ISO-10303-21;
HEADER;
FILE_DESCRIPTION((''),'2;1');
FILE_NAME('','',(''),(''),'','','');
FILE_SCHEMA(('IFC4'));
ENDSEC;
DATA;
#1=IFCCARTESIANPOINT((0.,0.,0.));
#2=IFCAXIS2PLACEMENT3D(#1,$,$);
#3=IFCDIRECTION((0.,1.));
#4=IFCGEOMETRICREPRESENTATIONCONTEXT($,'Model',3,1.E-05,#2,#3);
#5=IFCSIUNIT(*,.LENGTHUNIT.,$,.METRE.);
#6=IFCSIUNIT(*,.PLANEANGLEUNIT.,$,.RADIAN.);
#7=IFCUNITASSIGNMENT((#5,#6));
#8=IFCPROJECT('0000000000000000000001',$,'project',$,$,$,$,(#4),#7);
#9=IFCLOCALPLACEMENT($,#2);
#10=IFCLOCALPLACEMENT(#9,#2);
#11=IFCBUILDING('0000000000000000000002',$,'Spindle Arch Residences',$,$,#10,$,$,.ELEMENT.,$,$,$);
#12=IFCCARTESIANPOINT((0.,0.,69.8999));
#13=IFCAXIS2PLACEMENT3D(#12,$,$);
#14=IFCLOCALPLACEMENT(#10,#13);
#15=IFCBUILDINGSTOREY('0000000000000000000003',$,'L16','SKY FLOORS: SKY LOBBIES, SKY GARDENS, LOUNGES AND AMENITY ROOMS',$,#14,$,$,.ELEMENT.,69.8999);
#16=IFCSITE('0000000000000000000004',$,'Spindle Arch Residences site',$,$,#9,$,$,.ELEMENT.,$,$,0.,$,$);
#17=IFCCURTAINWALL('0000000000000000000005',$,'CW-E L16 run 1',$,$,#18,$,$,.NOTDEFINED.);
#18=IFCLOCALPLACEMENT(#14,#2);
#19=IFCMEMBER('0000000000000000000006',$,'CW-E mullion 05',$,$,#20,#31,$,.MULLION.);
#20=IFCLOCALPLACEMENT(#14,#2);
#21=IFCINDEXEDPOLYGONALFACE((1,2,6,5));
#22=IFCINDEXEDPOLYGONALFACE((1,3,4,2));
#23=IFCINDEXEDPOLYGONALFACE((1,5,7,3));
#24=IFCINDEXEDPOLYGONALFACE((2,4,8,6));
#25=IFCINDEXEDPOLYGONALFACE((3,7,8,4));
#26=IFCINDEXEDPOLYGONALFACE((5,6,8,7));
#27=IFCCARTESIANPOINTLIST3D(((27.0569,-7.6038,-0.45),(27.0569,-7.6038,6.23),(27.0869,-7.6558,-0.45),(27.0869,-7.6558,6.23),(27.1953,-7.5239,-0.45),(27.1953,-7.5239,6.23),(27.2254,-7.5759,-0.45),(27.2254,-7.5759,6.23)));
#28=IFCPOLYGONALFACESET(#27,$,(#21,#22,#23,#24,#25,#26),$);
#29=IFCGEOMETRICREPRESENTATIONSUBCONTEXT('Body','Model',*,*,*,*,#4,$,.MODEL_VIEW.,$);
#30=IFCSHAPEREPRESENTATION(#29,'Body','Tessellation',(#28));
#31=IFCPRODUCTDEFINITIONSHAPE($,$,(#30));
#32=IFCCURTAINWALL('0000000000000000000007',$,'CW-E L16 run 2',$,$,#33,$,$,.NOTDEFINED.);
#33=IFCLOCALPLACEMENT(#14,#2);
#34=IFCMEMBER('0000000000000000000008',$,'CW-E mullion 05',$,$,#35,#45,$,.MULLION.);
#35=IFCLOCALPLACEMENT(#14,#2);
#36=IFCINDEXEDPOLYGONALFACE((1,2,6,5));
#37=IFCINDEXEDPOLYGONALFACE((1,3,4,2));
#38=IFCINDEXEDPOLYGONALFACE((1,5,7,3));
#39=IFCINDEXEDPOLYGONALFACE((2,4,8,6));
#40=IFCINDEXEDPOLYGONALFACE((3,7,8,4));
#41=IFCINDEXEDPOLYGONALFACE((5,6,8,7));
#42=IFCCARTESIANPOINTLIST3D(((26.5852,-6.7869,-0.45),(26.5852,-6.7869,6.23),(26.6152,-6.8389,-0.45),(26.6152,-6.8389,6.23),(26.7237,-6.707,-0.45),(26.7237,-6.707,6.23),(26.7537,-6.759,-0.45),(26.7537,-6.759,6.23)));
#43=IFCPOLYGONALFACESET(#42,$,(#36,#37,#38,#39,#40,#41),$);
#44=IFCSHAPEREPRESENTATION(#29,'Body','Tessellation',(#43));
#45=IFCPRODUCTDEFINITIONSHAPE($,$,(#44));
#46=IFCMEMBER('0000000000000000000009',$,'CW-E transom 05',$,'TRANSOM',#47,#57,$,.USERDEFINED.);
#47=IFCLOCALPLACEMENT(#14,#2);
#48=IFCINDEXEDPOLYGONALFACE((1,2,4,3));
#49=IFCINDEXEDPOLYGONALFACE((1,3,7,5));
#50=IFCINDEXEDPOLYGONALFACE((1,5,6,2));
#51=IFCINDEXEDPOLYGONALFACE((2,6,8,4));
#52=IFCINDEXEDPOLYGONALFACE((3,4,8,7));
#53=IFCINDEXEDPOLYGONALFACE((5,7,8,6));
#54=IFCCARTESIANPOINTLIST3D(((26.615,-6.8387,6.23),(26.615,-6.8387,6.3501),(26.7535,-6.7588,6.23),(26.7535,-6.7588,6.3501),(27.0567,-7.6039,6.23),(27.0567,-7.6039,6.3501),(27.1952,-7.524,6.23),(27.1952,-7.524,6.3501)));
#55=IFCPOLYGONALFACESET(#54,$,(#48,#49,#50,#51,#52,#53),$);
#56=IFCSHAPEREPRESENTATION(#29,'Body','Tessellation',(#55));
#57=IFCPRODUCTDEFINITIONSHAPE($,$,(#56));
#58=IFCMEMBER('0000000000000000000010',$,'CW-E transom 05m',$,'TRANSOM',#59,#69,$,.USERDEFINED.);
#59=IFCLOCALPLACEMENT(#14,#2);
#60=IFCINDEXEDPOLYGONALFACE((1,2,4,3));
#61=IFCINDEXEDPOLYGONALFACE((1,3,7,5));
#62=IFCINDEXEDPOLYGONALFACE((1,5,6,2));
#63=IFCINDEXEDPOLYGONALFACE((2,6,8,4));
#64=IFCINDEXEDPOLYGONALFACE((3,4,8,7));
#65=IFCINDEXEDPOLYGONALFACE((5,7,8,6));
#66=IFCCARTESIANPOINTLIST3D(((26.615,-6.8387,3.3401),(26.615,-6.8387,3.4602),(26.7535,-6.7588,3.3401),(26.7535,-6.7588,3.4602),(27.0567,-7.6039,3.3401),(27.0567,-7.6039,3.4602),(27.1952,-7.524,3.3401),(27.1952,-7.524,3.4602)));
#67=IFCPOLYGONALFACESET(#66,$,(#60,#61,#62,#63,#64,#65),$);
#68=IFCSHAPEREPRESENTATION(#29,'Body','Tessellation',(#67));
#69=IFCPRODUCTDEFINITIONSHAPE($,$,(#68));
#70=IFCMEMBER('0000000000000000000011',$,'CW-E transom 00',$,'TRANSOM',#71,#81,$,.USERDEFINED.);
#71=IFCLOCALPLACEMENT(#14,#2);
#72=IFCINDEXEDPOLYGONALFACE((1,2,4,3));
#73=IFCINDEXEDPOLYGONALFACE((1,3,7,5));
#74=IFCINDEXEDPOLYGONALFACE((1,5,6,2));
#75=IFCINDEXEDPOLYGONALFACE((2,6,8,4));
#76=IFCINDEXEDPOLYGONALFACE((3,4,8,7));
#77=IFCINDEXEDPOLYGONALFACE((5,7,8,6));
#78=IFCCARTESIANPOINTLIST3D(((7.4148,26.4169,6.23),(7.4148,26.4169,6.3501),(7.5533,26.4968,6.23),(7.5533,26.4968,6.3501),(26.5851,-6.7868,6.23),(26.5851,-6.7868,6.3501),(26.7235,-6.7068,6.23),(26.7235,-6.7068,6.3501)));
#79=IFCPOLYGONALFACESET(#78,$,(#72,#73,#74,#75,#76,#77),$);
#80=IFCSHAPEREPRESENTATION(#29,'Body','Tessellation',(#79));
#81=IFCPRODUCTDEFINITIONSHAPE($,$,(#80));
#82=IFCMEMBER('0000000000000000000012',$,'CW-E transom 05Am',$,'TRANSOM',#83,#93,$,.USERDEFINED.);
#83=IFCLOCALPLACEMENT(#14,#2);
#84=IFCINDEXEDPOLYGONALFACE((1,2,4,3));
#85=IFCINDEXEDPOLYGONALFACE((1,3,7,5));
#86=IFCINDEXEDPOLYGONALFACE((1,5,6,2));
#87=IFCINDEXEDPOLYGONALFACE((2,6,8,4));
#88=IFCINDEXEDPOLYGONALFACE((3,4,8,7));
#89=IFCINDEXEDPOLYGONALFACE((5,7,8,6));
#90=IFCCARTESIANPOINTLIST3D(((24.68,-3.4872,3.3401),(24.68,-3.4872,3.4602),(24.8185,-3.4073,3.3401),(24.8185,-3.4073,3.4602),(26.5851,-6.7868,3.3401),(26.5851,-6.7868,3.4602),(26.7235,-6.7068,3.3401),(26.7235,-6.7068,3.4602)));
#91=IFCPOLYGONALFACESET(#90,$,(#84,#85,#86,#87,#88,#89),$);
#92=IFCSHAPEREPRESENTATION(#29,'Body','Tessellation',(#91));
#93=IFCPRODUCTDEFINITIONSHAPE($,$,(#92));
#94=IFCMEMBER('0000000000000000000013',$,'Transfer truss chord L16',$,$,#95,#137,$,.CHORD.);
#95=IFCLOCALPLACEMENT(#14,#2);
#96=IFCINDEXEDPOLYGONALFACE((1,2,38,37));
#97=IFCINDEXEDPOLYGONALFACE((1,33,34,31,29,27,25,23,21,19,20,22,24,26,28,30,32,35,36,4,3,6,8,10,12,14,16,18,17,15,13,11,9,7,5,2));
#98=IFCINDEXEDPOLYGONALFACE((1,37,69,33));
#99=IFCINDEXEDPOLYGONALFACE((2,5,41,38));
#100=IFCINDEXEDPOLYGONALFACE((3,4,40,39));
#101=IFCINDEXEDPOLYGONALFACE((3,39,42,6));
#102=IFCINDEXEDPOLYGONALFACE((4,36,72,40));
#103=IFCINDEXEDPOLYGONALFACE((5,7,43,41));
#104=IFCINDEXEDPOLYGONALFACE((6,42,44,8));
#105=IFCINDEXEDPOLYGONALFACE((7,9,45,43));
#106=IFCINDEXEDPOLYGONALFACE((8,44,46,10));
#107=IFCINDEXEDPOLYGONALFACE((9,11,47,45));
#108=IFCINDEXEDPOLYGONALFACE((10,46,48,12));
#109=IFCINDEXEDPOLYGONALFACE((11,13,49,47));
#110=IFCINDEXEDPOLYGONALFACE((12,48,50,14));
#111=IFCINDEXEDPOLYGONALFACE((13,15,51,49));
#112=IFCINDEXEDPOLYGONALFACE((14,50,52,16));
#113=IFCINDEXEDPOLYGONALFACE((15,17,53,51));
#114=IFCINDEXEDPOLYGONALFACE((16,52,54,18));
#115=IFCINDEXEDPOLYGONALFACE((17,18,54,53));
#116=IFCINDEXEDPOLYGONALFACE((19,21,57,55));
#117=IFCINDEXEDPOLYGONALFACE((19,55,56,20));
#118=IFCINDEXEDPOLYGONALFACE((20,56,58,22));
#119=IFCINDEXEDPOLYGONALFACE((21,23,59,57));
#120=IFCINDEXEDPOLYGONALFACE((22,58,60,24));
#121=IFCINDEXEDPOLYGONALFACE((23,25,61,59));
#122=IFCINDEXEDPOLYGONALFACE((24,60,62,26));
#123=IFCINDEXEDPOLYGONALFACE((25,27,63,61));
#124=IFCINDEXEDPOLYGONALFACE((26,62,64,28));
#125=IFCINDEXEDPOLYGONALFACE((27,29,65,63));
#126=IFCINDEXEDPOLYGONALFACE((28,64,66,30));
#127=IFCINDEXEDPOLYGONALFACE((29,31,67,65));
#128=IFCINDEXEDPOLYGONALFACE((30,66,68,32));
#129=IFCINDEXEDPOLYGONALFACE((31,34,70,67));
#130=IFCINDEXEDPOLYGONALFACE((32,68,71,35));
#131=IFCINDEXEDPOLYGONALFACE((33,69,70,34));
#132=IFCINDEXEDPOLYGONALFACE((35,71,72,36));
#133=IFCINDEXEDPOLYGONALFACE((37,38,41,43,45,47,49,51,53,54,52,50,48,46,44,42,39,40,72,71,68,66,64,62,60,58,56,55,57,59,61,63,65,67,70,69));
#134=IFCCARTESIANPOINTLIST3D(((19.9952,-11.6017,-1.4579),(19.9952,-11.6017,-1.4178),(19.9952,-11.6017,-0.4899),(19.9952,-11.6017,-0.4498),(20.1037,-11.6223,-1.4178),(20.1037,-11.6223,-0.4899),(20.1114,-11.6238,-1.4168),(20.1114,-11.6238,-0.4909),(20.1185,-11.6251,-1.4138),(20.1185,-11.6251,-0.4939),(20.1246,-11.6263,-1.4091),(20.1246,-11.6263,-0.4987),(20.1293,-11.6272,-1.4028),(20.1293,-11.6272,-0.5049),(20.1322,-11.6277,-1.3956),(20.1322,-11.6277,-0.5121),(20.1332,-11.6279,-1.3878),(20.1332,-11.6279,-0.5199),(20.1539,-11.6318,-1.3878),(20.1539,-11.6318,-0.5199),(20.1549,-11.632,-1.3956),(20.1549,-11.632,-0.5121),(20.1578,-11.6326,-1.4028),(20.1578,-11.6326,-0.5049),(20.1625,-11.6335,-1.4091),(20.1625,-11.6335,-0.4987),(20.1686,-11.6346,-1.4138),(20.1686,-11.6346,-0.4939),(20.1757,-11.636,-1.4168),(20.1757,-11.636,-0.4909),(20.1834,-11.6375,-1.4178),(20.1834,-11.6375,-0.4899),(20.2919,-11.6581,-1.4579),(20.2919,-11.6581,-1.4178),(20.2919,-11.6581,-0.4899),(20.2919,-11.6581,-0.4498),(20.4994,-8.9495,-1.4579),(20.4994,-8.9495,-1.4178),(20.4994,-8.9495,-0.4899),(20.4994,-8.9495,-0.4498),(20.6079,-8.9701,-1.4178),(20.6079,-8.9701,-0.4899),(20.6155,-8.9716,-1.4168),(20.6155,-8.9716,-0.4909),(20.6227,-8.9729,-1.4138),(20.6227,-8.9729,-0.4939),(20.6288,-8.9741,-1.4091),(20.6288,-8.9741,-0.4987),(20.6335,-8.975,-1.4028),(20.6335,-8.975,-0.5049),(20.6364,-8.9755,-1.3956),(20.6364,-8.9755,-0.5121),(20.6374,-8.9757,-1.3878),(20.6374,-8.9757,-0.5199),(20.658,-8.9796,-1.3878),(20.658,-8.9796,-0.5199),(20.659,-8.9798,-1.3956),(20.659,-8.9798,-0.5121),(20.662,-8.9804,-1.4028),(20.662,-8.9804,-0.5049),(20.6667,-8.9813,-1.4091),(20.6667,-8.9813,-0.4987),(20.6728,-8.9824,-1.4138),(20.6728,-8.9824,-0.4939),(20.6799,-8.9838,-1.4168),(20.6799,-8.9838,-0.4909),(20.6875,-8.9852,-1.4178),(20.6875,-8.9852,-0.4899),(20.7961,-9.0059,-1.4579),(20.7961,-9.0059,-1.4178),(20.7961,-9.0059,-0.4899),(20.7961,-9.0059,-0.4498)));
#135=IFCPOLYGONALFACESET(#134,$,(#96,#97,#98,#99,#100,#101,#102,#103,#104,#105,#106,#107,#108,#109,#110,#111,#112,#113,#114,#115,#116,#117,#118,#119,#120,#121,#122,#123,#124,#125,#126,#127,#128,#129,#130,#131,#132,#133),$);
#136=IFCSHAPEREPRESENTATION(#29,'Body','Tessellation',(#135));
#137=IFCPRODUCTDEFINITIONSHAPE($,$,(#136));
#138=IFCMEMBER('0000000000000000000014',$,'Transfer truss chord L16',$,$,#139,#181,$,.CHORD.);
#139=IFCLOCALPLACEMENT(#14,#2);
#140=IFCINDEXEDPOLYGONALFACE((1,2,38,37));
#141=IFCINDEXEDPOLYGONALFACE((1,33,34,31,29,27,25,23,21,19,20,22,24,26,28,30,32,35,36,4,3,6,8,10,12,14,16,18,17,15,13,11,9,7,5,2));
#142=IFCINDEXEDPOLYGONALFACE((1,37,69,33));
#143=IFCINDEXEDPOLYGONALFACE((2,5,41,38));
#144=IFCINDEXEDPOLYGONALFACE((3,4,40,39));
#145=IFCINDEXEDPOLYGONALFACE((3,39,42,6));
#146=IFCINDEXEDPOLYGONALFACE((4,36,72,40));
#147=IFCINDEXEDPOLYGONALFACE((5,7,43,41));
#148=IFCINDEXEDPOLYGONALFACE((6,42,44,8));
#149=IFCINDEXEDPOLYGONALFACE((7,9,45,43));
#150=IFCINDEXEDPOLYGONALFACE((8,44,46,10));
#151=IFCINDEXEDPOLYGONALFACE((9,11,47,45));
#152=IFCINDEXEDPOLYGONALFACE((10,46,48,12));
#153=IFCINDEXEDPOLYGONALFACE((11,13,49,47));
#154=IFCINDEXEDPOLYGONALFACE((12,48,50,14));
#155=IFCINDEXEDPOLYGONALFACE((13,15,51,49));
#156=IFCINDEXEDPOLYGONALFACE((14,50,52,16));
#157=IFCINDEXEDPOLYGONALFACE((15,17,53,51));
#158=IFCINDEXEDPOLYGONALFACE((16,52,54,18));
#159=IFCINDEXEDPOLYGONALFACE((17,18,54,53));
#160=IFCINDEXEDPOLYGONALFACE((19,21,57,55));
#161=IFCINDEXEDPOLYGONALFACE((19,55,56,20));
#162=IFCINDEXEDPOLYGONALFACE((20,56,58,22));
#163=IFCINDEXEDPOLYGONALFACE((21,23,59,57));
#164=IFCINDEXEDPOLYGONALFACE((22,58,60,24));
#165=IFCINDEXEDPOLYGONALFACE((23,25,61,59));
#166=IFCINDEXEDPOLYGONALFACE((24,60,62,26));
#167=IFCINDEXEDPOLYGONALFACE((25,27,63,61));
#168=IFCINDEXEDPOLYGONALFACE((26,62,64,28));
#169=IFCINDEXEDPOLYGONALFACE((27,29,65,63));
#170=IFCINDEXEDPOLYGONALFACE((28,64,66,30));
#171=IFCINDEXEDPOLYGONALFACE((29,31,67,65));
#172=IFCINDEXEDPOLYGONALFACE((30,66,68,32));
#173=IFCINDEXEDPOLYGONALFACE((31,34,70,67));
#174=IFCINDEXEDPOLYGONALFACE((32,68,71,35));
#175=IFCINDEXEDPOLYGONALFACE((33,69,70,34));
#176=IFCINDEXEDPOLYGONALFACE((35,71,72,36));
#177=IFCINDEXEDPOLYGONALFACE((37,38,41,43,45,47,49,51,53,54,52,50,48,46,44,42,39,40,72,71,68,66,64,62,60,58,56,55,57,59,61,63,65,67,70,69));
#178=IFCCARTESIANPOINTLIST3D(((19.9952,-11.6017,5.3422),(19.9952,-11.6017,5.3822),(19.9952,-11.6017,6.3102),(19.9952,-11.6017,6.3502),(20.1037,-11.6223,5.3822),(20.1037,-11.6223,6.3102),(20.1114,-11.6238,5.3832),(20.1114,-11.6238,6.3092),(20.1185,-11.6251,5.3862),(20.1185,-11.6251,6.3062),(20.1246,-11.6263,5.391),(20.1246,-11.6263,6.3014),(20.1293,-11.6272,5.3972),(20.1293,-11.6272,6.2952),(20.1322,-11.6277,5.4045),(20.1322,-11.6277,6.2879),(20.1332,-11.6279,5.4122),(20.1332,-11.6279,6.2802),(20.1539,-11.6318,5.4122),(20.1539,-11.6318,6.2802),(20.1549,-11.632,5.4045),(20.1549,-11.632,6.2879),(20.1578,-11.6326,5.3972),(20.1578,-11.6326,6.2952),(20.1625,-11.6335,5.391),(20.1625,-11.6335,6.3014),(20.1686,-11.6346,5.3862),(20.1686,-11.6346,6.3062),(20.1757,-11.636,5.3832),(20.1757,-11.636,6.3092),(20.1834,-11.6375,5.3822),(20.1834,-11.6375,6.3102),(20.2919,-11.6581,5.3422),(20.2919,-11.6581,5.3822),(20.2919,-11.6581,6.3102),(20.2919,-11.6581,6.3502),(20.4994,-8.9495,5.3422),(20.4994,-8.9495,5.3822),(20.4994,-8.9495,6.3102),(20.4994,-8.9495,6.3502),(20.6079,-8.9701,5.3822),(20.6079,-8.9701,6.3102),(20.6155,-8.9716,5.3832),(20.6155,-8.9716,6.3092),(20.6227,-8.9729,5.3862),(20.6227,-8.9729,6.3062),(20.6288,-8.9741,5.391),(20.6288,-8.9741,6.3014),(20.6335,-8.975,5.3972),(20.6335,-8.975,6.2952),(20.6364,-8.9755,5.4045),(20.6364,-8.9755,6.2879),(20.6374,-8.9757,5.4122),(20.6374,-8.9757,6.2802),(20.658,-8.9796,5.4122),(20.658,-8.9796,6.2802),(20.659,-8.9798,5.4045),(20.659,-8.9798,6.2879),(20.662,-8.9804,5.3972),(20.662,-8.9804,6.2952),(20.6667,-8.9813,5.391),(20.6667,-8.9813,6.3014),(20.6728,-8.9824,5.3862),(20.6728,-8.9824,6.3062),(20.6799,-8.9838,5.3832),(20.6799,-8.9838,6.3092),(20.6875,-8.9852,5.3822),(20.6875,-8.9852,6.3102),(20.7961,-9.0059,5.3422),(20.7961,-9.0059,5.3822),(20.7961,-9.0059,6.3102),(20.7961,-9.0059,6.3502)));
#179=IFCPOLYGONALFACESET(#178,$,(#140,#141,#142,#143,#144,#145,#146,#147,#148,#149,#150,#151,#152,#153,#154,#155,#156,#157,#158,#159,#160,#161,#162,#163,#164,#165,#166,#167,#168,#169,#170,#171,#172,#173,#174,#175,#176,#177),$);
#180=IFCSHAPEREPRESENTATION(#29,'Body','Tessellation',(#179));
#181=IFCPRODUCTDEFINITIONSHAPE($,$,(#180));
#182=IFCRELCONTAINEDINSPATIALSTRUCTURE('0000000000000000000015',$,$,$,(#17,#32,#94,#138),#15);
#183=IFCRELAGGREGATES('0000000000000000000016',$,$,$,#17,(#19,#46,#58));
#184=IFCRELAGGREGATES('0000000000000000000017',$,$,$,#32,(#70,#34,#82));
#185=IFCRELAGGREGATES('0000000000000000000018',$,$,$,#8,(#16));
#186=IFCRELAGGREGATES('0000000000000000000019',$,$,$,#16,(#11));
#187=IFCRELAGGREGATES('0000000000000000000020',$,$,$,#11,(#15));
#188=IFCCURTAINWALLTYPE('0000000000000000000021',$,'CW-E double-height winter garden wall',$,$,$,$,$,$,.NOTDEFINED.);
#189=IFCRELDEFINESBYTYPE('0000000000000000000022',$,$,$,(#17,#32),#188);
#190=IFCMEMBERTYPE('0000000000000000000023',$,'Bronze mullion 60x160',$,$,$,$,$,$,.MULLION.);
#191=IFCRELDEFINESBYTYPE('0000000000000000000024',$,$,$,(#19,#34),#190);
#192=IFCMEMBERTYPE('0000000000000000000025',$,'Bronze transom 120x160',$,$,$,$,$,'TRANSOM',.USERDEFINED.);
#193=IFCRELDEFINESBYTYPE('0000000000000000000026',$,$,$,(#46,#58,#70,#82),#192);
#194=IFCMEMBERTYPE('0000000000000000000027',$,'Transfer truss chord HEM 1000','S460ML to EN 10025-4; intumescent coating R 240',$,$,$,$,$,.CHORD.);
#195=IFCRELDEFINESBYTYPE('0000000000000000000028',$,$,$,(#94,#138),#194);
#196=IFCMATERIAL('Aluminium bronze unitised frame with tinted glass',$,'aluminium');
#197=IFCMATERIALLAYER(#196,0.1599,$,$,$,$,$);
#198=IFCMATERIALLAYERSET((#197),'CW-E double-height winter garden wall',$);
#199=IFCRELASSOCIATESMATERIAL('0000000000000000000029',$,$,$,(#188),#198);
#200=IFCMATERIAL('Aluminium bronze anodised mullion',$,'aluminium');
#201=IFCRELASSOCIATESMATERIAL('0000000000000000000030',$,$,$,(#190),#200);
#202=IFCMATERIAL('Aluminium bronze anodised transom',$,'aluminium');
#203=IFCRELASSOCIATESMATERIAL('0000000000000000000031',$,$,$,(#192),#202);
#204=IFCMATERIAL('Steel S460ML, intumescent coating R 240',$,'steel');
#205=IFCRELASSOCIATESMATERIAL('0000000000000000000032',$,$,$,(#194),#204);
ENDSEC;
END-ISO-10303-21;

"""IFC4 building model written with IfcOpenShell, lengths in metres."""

from ifc_helpers import new_model, si_unit, direction, frame, origin, origin_2d, place, context, subcontext, project, spatial, rectangle, i_section, extrude, material, layer, layer_set, material_profile, profile_set, type_object, element, aggregate, save


model = new_model("IFC4")

# Units and contexts
model_context = context("Model", 3, precision=1e-05, world=origin(), true_north=direction((0.0, 1.0)))
body_context = subcontext(model_context, "Body", "Model", "MODEL_VIEW")
ifc_project = project(units=[si_unit("LENGTHUNIT", "METRE"), si_unit("PLANEANGLEUNIT", "RADIAN")], contexts=[model_context])

# Site, building, storey
site_placement = place(None, origin())
site = spatial("IfcSite", under=ifc_project, at=site_placement, Name="Spindle Arch Residences site", CompositionType="ELEMENT", RefElevation=0.0)
building_placement = place(site_placement, origin())
building = spatial("IfcBuilding", under=site, at=building_placement, Name="Spindle Arch Residences", CompositionType="ELEMENT")
storey_placement = place(building_placement, frame((0.0, 0.0, 69.8999)))
storey = spatial("IfcBuildingStorey", under=building, at=storey_placement, Name="L16", Description="SKY FLOORS: SKY LOBBIES, SKY GARDENS, LOUNGES AND AMENITY ROOMS", CompositionType="ELEMENT", Elevation=69.8999)

# Curtain walls, members
ifc_material_1 = material(Name="Aluminium bronze unitised frame with tinted glass", Category="aluminium")
ifc_layer_1 = layer(ifc_material_1, 0.1599)
ifc_layer_set_1 = layer_set([ifc_layer_1], Name="CW-E double-height winter garden wall")
curtain_wall_type = type_object("IfcCurtainWallType", Name="CW-E double-height winter garden wall", PredefinedType="NOTDEFINED", material=ifc_layer_set_1)
curtain_wall_1_placement = place(storey_placement, origin())
curtain_wall_1 = element("IfcCurtainWall", 1, at=curtain_wall_1_placement, inside=storey, type_object=curtain_wall_type, Name="CW-E L16 run 1", PredefinedType="NOTDEFINED")
ifc_material_2 = material(Name="Aluminium bronze anodised mullion", Category="aluminium")
ifc_material_profile_1 = material_profile(ifc_material_2, rectangle(XDim=0.1599, YDim=0.0601, at=origin_2d()), Name="MU 60x160")
ifc_profile_set_1 = profile_set([ifc_material_profile_1], Name="Aluminium bronze anodised mullion")
member_type_1 = type_object("IfcMemberType", Name="Bronze mullion 60x160", PredefinedType="MULLION", material=ifc_profile_set_1)
member_1_placement = place(storey_placement, frame((27.1411, -7.5898, -0.45), z_axis=(0.0, 0.0, 1.0), x_axis=(-0.866025, -0.5, 0.0)))
member_1 = element("IfcMember", 2, at=member_1_placement, type_object=member_type_1, Name="CW-E mullion 05", PredefinedType="MULLION", context=body_context, shape_type="SweptSolid", body=[
    extrude(rectangle(XDim=0.1599, YDim=0.0601, at=origin_2d()), origin(), (0.0, 0.0, 1.0), 6.6799),
])
curtain_wall_2_placement = place(storey_placement, origin())
curtain_wall_2 = element("IfcCurtainWall", 3, at=curtain_wall_2_placement, inside=storey, type_object=curtain_wall_type, Name="CW-E L16 run 2", PredefinedType="NOTDEFINED")
member_2_placement = place(storey_placement, frame((26.6694, -6.7729, -0.45), z_axis=(0.0, 0.0, 1.0), x_axis=(-0.866025, -0.5, 0.0)))
member_2 = element("IfcMember", 4, at=member_2_placement, type_object=member_type_1, Name="CW-E mullion 05", PredefinedType="MULLION", context=body_context, shape_type="SweptSolid", body=[
    extrude(rectangle(XDim=0.1599, YDim=0.0601, at=origin_2d()), origin(), (0.0, 0.0, 1.0), 6.6799),
])

# Members
ifc_material_3 = material(Name="Aluminium bronze anodised transom", Category="aluminium")
ifc_material_profile_2 = material_profile(ifc_material_3, rectangle(XDim=0.1599, YDim=0.1201, at=origin_2d()), Name="TR 120x160")
ifc_profile_set_2 = profile_set([ifc_material_profile_2], Name="Aluminium bronze anodised transom")
member_type_2 = type_object("IfcMemberType", Name="Bronze transom 120x160", ElementType="TRANSOM", PredefinedType="USERDEFINED", material=ifc_profile_set_2)
member_3_placement = place(storey_placement, frame((27.126, -7.564, 6.29), z_axis=(-0.499914, 0.866075, 0.0), x_axis=(-0.866075, -0.499914, 0.0)))
member_3 = element("IfcMember", 5, at=member_3_placement, type_object=member_type_2, Name="CW-E transom 05", ObjectType="TRANSOM", PredefinedType="USERDEFINED", context=body_context, shape_type="SweptSolid", body=[
    extrude(rectangle(XDim=0.1599, YDim=0.1201, at=origin_2d()), origin(), (0.0, 0.0, 1.0), 0.8835),
])
member_4_placement = place(storey_placement, frame((27.126, -7.564, 3.4001), z_axis=(-0.499914, 0.866075, 0.0), x_axis=(-0.866075, -0.499914, 0.0)))
member_4 = element("IfcMember", 6, at=member_4_placement, type_object=member_type_2, Name="CW-E transom 05m", ObjectType="TRANSOM", PredefinedType="USERDEFINED", context=body_context, shape_type="SweptSolid", body=[
    extrude(rectangle(XDim=0.1599, YDim=0.1201, at=origin_2d()), origin(), (0.0, 0.0, 1.0), 0.8835),
])
member_5_placement = place(storey_placement, frame((26.6543, -6.7468, 6.29), z_axis=(-0.500001, 0.866025, 0.0), x_axis=(-0.866025, -0.500001, 0.0)))
member_5 = element("IfcMember", 7, at=member_5_placement, type_object=member_type_2, Name="CW-E transom 00", ObjectType="TRANSOM", PredefinedType="USERDEFINED", context=body_context, shape_type="SweptSolid", body=[
    extrude(rectangle(XDim=0.1599, YDim=0.1201, at=origin_2d()), origin(), (0.0, 0.0, 1.0), 38.3403),
])
member_6_placement = place(storey_placement, frame((26.6543, -6.7468, 3.4001), z_axis=(-0.500005, 0.866022, 0.0), x_axis=(-0.866022, -0.500005, 0.0)))
member_6 = element("IfcMember", 8, at=member_6_placement, type_object=member_type_2, Name="CW-E transom 05Am", ObjectType="TRANSOM", PredefinedType="USERDEFINED", context=body_context, shape_type="SweptSolid", body=[
    extrude(rectangle(XDim=0.1599, YDim=0.1201, at=origin_2d()), origin(), (0.0, 0.0, 1.0), 3.8101),
])

# Members
ifc_material_4 = material(Name="Steel S460ML, intumescent coating R 240", Category="steel")
ifc_material_profile_3 = material_profile(ifc_material_4, i_section(OverallWidth=0.302, OverallDepth=1.0081, WebThickness=0.021, FlangeThickness=0.04, FilletRadius=0.03, at=origin_2d()), Name="HEM 1000")
ifc_profile_set_3 = profile_set([ifc_material_profile_3], Name="Steel S460ML, intumescent coating R 240")
member_type_3 = type_object("IfcMemberType", Name="Transfer truss chord HEM 1000", Description="S460ML to EN 10025-4; intumescent coating R 240", PredefinedType="CHORD", material=ifc_profile_set_3)
for number, where, z_axis, x_axis, name in (
    (9, (20.1436, -11.6299, -0.9539), (0.186751, 0.982407, 0.0), (-0.982407, 0.186751, 0.0), "Transfer truss chord L16"),
    (10, (20.1436, -11.6299, 5.8462), (0.186751, 0.982407, 0.0), (-0.982407, 0.186751, 0.0), "Transfer truss chord L16"),
):
    element("IfcMember", number, at=place(storey_placement, frame(where, z_axis=z_axis, x_axis=x_axis)), inside=storey, type_object=member_type_3, Name=name, PredefinedType="CHORD", context=body_context, shape_type="SweptSolid", body=[
        extrude(i_section(OverallWidth=0.302, OverallDepth=1.0081, WebThickness=0.021, FlangeThickness=0.04, FilletRadius=0.03, at=origin_2d()), origin(), (0.0, 0.0, 1.0), 2.6997),
    ])

aggregate(curtain_wall_1, [member_1, member_3, member_4])
aggregate(curtain_wall_2, [member_5, member_2, member_6])

save(model, "model.ifc")
